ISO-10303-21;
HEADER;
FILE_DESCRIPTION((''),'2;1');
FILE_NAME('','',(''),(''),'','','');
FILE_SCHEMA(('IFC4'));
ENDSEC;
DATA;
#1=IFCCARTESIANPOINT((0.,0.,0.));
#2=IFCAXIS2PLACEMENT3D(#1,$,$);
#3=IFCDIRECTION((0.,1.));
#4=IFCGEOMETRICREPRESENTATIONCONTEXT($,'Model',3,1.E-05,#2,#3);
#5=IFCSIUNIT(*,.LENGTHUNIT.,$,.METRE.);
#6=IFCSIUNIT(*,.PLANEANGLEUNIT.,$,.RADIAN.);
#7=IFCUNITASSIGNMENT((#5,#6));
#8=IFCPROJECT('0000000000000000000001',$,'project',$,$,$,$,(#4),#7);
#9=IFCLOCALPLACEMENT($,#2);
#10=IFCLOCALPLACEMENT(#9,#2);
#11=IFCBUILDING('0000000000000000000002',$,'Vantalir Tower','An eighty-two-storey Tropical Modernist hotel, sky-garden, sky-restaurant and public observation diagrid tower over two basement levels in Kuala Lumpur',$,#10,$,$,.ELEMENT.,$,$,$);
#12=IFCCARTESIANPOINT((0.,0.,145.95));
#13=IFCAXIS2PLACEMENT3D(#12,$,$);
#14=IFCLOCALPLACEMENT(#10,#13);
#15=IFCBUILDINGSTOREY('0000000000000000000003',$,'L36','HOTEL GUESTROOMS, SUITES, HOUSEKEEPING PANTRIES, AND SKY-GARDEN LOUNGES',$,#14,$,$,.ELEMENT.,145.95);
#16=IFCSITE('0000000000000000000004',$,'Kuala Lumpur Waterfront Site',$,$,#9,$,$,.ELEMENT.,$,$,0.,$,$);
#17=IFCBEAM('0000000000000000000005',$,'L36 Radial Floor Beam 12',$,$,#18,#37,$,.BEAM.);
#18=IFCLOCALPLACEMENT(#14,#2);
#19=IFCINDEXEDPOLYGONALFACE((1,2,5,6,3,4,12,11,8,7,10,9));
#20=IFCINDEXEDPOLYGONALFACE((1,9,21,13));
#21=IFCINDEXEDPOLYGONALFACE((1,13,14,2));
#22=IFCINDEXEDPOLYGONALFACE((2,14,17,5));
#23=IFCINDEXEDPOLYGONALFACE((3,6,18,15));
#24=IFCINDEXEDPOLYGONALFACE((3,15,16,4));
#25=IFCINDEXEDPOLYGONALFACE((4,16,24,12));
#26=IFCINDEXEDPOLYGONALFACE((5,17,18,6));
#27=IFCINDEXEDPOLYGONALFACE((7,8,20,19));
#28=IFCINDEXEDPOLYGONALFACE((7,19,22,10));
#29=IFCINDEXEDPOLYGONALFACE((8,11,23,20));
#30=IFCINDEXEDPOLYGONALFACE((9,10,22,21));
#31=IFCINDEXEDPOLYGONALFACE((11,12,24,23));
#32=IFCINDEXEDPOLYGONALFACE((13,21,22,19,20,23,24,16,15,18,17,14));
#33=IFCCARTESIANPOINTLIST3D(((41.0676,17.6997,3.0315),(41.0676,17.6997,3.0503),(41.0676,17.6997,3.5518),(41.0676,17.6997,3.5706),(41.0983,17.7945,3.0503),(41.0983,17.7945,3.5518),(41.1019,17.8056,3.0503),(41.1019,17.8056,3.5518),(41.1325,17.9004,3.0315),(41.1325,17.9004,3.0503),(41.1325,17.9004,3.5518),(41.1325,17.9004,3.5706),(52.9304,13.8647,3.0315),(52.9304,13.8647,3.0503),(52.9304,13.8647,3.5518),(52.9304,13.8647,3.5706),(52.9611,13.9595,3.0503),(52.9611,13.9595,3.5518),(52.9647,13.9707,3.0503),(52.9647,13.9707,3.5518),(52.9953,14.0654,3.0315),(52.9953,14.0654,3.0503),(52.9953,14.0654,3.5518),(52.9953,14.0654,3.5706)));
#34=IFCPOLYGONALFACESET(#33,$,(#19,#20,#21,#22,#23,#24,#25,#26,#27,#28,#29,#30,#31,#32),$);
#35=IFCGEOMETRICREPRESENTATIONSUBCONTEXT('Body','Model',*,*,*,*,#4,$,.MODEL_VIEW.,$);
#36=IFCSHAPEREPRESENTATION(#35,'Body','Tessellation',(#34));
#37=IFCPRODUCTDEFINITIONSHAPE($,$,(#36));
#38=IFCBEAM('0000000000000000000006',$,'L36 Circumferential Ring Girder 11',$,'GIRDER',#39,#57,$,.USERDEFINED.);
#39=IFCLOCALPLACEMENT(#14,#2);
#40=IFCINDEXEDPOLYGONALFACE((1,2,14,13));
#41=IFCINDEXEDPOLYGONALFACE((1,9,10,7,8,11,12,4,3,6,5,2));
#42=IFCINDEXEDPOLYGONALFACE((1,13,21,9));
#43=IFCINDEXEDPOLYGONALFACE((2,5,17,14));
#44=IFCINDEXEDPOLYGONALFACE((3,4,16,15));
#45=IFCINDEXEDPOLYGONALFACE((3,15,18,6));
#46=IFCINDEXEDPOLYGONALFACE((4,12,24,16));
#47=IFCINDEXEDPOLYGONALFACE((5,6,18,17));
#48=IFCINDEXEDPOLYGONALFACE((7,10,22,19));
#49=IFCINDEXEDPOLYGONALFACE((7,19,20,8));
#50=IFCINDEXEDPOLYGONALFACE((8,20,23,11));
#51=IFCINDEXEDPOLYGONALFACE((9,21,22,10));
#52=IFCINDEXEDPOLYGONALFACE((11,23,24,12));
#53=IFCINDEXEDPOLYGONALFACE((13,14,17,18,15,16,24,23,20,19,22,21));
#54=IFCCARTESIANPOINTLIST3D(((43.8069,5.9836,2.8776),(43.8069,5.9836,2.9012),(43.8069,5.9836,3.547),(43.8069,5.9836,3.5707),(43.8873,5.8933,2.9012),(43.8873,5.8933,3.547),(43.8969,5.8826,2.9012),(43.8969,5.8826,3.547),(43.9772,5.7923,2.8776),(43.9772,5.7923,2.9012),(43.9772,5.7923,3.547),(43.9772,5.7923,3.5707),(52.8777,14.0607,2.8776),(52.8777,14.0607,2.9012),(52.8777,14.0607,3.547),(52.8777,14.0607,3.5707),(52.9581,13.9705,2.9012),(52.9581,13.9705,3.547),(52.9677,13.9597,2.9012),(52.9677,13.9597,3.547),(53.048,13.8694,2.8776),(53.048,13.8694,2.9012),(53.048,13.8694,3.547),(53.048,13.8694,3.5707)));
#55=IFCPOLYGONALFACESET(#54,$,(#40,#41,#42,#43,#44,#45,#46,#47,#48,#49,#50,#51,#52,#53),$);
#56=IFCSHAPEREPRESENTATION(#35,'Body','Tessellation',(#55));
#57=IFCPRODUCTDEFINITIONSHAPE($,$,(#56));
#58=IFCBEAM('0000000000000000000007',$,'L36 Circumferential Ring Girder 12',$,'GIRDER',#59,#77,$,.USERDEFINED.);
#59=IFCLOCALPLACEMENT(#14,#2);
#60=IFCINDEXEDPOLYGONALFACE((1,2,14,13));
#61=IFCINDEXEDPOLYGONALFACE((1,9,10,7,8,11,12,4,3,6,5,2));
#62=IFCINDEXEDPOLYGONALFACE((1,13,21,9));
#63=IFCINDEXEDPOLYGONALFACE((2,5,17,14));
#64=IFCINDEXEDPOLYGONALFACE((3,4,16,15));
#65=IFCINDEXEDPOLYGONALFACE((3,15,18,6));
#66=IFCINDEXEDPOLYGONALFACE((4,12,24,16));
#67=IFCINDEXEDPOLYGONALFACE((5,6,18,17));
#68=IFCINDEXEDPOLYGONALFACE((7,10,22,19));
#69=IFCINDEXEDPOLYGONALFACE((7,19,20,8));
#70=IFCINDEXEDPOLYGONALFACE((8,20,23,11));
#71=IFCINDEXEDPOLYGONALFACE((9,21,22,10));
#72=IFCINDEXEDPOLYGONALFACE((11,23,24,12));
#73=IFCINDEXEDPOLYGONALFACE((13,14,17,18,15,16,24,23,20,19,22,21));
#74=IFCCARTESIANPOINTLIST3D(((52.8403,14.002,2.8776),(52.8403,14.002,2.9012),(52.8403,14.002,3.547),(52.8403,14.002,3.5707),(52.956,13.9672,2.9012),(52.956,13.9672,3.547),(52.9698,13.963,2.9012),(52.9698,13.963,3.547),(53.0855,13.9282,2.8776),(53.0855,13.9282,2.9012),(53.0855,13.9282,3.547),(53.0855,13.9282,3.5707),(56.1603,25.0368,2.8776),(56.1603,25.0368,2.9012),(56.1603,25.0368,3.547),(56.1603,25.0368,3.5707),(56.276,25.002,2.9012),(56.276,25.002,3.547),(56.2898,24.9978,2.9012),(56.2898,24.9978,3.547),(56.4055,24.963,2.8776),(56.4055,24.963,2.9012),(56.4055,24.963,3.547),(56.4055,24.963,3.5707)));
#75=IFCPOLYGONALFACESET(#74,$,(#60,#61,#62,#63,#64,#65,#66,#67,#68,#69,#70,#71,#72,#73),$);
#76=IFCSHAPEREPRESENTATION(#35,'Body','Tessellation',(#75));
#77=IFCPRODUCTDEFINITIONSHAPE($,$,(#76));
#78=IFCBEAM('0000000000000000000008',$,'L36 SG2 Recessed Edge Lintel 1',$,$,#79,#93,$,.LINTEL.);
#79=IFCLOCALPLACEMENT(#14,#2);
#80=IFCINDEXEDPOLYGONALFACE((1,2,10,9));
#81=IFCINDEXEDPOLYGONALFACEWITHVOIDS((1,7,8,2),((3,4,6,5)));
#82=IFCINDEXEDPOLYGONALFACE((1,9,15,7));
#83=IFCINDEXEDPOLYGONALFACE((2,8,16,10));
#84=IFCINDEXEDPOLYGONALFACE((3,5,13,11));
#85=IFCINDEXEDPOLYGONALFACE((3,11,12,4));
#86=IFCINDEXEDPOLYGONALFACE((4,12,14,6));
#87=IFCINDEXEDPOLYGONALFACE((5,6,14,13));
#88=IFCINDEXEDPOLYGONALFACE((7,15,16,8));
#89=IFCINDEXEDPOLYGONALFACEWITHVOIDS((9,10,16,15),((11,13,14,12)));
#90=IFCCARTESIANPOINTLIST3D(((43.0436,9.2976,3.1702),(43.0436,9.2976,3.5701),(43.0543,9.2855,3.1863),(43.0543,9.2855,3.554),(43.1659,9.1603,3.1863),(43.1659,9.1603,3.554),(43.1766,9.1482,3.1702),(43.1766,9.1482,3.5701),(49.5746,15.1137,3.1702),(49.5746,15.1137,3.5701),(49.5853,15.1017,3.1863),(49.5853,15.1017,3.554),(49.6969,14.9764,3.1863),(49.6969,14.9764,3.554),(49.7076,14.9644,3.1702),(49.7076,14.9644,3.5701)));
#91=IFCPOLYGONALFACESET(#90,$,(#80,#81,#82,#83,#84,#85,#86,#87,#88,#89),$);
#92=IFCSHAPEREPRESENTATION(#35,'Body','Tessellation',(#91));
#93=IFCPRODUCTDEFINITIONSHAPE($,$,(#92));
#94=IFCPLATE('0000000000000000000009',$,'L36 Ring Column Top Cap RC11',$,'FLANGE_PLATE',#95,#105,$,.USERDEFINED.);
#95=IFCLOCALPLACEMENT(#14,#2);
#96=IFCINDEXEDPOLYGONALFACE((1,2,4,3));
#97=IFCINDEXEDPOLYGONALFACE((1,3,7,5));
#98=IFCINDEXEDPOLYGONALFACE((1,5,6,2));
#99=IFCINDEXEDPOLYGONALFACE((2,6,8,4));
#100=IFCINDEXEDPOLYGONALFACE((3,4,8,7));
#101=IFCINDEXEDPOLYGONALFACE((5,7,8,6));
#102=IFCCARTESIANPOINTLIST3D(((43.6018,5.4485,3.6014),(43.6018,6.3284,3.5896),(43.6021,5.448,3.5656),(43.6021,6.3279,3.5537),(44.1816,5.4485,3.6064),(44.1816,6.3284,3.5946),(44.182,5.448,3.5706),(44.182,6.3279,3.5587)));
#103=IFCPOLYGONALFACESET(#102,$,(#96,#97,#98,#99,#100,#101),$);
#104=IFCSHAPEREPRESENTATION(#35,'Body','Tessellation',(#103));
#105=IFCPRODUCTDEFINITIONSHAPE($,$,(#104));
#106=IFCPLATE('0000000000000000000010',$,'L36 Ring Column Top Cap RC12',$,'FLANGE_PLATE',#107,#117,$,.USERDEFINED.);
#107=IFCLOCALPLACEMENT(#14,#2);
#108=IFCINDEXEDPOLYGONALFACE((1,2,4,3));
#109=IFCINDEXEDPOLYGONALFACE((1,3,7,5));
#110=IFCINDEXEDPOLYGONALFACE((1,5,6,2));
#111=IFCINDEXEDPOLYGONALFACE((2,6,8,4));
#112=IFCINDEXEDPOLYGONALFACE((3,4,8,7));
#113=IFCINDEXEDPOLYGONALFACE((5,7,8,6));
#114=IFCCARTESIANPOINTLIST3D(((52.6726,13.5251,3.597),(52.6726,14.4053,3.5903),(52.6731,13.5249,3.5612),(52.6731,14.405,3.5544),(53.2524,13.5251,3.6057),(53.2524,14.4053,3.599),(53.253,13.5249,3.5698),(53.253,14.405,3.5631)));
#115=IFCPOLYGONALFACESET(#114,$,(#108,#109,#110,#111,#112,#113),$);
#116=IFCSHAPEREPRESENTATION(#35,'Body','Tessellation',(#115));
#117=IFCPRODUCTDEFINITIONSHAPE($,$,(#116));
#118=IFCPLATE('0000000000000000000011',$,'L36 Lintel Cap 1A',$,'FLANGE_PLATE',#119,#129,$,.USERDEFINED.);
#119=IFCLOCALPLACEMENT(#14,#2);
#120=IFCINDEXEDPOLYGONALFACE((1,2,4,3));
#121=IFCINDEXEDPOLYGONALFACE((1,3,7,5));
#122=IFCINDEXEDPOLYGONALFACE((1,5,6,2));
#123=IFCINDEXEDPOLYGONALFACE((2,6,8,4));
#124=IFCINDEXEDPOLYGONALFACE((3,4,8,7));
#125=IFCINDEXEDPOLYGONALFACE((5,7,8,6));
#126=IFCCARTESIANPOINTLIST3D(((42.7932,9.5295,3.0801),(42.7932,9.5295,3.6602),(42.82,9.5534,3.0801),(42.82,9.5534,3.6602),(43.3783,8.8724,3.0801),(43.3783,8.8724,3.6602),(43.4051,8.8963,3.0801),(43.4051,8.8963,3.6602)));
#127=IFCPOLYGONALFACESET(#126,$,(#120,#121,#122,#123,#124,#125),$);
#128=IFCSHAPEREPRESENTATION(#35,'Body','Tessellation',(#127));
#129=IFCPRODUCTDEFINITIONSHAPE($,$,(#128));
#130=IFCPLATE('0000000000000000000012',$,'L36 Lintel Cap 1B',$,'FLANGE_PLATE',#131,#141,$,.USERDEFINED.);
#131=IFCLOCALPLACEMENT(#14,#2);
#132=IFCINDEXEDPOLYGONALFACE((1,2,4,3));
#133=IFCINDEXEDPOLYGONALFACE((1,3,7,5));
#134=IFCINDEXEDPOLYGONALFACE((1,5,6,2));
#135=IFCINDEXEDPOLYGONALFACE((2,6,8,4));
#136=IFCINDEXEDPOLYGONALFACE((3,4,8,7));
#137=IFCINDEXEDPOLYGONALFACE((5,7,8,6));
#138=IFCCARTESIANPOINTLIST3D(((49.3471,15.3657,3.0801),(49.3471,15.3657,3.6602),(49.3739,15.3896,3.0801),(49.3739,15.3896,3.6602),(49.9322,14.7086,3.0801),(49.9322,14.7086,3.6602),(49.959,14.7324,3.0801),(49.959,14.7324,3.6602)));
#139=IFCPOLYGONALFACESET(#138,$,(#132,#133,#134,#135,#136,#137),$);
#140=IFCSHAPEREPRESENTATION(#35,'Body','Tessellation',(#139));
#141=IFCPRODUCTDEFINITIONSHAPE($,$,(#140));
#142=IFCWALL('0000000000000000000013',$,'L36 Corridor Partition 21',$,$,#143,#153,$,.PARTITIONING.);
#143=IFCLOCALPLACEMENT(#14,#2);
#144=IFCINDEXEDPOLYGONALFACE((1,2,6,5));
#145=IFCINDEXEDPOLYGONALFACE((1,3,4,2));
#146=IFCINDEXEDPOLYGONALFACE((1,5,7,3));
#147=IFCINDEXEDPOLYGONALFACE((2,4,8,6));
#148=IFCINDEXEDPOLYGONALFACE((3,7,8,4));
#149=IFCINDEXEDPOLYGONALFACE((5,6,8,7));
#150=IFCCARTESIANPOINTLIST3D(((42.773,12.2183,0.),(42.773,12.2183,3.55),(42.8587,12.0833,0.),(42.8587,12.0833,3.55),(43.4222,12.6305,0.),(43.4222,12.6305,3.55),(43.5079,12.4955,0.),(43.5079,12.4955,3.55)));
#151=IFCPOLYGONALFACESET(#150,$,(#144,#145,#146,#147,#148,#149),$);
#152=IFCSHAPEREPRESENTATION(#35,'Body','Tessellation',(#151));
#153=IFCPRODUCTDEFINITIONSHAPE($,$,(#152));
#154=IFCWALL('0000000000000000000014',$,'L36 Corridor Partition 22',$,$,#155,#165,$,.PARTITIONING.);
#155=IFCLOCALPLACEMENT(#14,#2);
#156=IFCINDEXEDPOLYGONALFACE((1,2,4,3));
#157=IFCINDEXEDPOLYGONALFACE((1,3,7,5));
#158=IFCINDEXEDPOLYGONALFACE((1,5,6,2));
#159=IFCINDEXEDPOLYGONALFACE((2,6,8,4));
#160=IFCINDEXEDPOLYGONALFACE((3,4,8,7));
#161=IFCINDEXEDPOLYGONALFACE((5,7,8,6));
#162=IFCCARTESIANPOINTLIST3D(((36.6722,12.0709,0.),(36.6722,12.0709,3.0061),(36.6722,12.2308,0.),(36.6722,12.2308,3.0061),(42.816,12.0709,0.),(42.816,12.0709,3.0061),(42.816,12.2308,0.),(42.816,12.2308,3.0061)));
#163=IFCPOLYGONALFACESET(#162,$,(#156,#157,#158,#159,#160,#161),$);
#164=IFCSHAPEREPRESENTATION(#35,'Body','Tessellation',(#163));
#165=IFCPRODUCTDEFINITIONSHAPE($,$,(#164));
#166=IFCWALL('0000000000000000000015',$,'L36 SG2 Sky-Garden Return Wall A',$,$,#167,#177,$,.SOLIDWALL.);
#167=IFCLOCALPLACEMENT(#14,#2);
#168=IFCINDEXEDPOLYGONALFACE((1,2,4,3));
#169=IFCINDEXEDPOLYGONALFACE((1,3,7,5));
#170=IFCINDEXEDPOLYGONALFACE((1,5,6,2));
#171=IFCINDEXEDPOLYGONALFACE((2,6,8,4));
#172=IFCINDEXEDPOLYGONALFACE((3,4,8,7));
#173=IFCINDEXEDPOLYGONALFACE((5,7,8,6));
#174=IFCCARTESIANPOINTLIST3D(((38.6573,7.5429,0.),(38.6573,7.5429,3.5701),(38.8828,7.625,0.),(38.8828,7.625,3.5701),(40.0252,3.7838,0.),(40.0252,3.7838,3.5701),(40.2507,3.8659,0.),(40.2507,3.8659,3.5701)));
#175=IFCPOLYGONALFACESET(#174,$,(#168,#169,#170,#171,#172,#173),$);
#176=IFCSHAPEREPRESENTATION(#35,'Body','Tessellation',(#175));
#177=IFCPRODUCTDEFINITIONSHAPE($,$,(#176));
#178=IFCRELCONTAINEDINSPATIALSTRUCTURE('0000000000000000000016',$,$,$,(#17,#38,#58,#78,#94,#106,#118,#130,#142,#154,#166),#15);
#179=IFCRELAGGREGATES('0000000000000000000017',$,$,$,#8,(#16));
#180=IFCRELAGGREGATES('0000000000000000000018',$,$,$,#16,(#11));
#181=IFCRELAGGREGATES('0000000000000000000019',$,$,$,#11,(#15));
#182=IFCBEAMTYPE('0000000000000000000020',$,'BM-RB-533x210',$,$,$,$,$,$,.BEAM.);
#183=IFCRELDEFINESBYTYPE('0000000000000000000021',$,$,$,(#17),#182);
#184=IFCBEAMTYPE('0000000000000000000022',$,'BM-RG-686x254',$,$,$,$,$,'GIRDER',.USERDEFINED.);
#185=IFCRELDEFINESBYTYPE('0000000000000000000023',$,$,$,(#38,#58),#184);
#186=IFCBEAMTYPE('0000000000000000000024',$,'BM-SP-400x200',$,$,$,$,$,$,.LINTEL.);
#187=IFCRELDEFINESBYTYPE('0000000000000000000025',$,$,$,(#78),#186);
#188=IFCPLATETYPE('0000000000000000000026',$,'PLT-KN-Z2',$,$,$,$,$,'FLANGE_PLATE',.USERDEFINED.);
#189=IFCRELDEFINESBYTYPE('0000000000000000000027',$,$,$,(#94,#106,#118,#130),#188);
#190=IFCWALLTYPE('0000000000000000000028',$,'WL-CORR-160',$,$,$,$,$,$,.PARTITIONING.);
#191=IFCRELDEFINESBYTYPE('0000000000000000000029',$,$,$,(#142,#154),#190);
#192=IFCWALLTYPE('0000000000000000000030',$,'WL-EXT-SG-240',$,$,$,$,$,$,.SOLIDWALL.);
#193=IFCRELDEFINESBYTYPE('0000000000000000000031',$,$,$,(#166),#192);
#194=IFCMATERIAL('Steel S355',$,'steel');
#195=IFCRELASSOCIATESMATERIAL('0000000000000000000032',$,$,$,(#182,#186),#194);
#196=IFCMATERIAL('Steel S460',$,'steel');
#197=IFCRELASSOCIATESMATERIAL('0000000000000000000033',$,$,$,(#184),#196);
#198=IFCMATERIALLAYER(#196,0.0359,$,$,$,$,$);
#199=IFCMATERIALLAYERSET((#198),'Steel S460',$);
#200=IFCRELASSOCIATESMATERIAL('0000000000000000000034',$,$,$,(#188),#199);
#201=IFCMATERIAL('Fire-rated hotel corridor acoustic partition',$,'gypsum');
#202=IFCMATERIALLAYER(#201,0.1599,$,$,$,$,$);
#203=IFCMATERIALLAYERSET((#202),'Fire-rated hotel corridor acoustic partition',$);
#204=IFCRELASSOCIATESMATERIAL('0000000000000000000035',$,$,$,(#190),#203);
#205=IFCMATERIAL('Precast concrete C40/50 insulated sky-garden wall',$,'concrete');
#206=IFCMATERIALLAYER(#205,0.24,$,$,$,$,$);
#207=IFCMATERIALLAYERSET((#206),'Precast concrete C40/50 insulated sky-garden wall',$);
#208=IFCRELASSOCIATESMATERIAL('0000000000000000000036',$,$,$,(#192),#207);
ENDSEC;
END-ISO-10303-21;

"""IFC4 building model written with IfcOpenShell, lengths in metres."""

from ifc_helpers import new_model, si_unit, direction, frame, frame_2d, origin, origin_2d, place, context, subcontext, project, spatial, polyline, rectangle, hollow_rectangle, i_section, outline, extrude, material, layer, layer_set, material_profile, profile_set, type_object, element, save


model = new_model("IFC4")

# Units and contexts
model_context = context("Model", 3, precision=1e-05, world=origin(), true_north=direction((0.0, 1.0)))
body_context = subcontext(model_context, "Body", "Model", "MODEL_VIEW")
ifc_project = project(units=[si_unit("LENGTHUNIT", "METRE"), si_unit("PLANEANGLEUNIT", "RADIAN")], contexts=[model_context])

# Site, building, storey
site_placement = place(None, origin())
site = spatial("IfcSite", under=ifc_project, at=site_placement, Name="Kuala Lumpur Waterfront Site", CompositionType="ELEMENT", RefElevation=0.0)
building_placement = place(site_placement, origin())
building = spatial("IfcBuilding", under=site, at=building_placement, Name="Vantalir Tower", Description="An eighty-two-storey Tropical Modernist hotel, sky-garden, sky-restaurant and public observation diagrid tower over two basement levels in Kuala Lumpur", CompositionType="ELEMENT")
storey_placement = place(building_placement, frame((0.0, 0.0, 145.95)))
storey = spatial("IfcBuildingStorey", under=building, at=storey_placement, Name="L36", Description="HOTEL GUESTROOMS, SUITES, HOUSEKEEPING PANTRIES, AND SKY-GARDEN LOUNGES", CompositionType="ELEMENT", Elevation=145.95)

# Shared definitions
ifc_material_1 = material(Name="Steel S460", Category="steel")

# Beams
ifc_material_2 = material(Name="Steel S355", Category="steel")
ifc_material_profile_1 = material_profile(ifc_material_2, i_section(OverallWidth=0.2109, OverallDepth=0.5391, WebThickness=0.0117, FlangeThickness=0.0188, at=origin_2d()), Name="Steel S355")
ifc_profile_set_1 = profile_set([ifc_material_profile_1], Name="Steel S355")
beam_type_1 = type_object("IfcBeamType", Name="BM-RB-533x210", PredefinedType="BEAM", material=ifc_profile_set_1)
beam_1_placement = place(storey_placement, frame((52.9629, 13.9651, 3.301), z_axis=(-0.951515, 0.307602, 0.0), x_axis=(-0.307602, -0.951515, 0.0)))
element("IfcBeam", 1, at=beam_1_placement, inside=storey, type_object=beam_type_1, Name="L36 Radial Floor Beam 12", PredefinedType="BEAM", context=body_context, shape_type="SweptSolid", body=[
    extrude(i_section(OverallWidth=0.2109, OverallDepth=0.5391, WebThickness=0.0117, FlangeThickness=0.0188, at=origin_2d()), origin(), (0.0, 0.0, 1.0), 12.4673),
])
ifc_material_profile_2 = material_profile(ifc_material_1, i_section(OverallWidth=0.2561, OverallDepth=0.6931, WebThickness=0.0144, FlangeThickness=0.0237, at=origin_2d()), Name="Steel S460")
ifc_profile_set_2 = profile_set([ifc_material_profile_2], Name="Steel S460")
beam_type_2 = type_object("IfcBeamType", Name="BM-RG-686x254", ElementType="GIRDER", PredefinedType="USERDEFINED", material=ifc_profile_set_2)
beam_2_placement = place(storey_placement, frame((43.8921, 5.8879, 3.2241), z_axis=(0.746828, 0.665017, 0.0), x_axis=(-0.665017, 0.746828, 0.0)))
element("IfcBeam", 2, at=beam_2_placement, inside=storey, type_object=beam_type_2, Name="L36 Circumferential Ring Girder 11", ObjectType="GIRDER", PredefinedType="USERDEFINED", context=body_context, shape_type="SweptSolid", body=[
    extrude(i_section(OverallWidth=0.2561, OverallDepth=0.6931, WebThickness=0.0144, FlangeThickness=0.0237, at=origin_2d()), origin(), (0.0, 0.0, 1.0), 12.1458),
])
beam_3_placement = place(storey_placement, frame((52.9629, 13.9651, 3.2241), z_axis=(0.288112, 0.957597, 0.0), x_axis=(-0.957597, 0.288112, 0.0)))
element("IfcBeam", 3, at=beam_3_placement, inside=storey, type_object=beam_type_2, Name="L36 Circumferential Ring Girder 12", ObjectType="GIRDER", PredefinedType="USERDEFINED", context=body_context, shape_type="SweptSolid", body=[
    extrude(i_section(OverallWidth=0.2561, OverallDepth=0.6931, WebThickness=0.0144, FlangeThickness=0.0237, at=origin_2d()), origin(), (0.0, 0.0, 1.0), 11.5234),
])
ifc_material_profile_3 = material_profile(ifc_material_2, hollow_rectangle(XDim=0.2, YDim=0.3999, WallThickness=0.0161, at=origin_2d()), Name="Steel S355")
ifc_profile_set_3 = profile_set([ifc_material_profile_3], Name="Steel S355")
beam_type_3 = type_object("IfcBeamType", Name="BM-SP-400x200", PredefinedType="LINTEL", material=ifc_profile_set_3)
beam_4_placement = place(storey_placement, frame((43.1101, 9.2229, 3.3701), z_axis=(0.746794, 0.665055, 0.0), x_axis=(-0.665055, 0.746794, 0.0)))
element("IfcBeam", 4, at=beam_4_placement, inside=storey, type_object=beam_type_3, Name="L36 SG2 Recessed Edge Lintel 1", PredefinedType="LINTEL", context=body_context, shape_type="SweptSolid", body=[
    extrude(hollow_rectangle(XDim=0.2, YDim=0.3999, WallThickness=0.0161, at=origin_2d()), origin(), (0.0, 0.0, 1.0), 8.7454),
])

# Plates
ifc_layer_1 = layer(ifc_material_1, 0.0359)
ifc_layer_set_1 = layer_set([ifc_layer_1], Name="Steel S460")
plate_type = type_object("IfcPlateType", Name="PLT-KN-Z2", ElementType="FLANGE_PLATE", PredefinedType="USERDEFINED", material=ifc_layer_set_1)
plate_1_placement = place(storey_placement, frame((43.6018, 6.3284, 3.5896), z_axis=(-0.00863, 0.013456, 0.999872), x_axis=(0.000001, -0.999909, 0.013456)))
element("IfcPlate", 5, at=plate_1_placement, inside=storey, type_object=plate_type, Name="L36 Ring Column Top Cap RC11", ObjectType="FLANGE_PLATE", PredefinedType="USERDEFINED", context=body_context, shape_type="SweptSolid", body=[
    extrude(outline(polyline([(0.0, 0.0), (0.88, 0.0), (0.88, 0.5799), (0.0001, 0.5799), (0.0, 0.0)])), origin(), (0.0, 0.0, -1.0), 0.0359),
])
plate_2_placement = place(storey_placement, frame((52.6726, 14.4053, 3.5903), z_axis=(-0.014945, 0.007627, 0.999859), x_axis=(0.000002, -0.999971, 0.007628)))
element("IfcPlate", 6, at=plate_2_placement, inside=storey, type_object=plate_type, Name="L36 Ring Column Top Cap RC12", ObjectType="FLANGE_PLATE", PredefinedType="USERDEFINED", context=body_context, shape_type="SweptSolid", body=[
    extrude(outline(polyline([(0.0, 0.0), (0.8802, 0.0), (0.8802, 0.5799), (0.0001, 0.5799), (0.0, 0.0)])), origin(), (0.0, 0.0, -1.0), 0.0359),
])
for number, where, z_axis, x_axis, name in (
    (7, (43.0991, 9.2129, 3.0801), (0.0, 0.0, 1.0), (0.746836, 0.665009, 0.0), "L36 Lintel Cap 1A"),
    (8, (49.6531, 15.0491, 3.0801), (0.0, 0.0, 1.0), (0.746836, 0.665009, 0.0), "L36 Lintel Cap 1B"),
):
    element("IfcPlate", number, at=place(storey_placement, frame(where, z_axis=z_axis, x_axis=x_axis)), inside=storey, type_object=plate_type, Name=name, ObjectType="FLANGE_PLATE", PredefinedType="USERDEFINED", context=body_context, shape_type="SweptSolid", body=[
        extrude(rectangle(XDim=0.0359, YDim=0.8799, at=origin_2d()), origin(), (0.0, 0.0, 1.0), 0.5801),
    ])

# Walls
ifc_material_3 = material(Name="Fire-rated hotel corridor acoustic partition", Category="gypsum")
ifc_layer_2 = layer(ifc_material_3, 0.1599)
ifc_layer_set_2 = layer_set([ifc_layer_2], Name="Fire-rated hotel corridor acoustic partition")
wall_type_1 = type_object("IfcWallType", Name="WL-CORR-160", PredefinedType="PARTITIONING", material=ifc_layer_set_2)
wall_1_placement = place(storey_placement, frame((43.4651, 12.563, 0.0), z_axis=(0.0, 0.0, 1.0), x_axis=(-0.844249, -0.535951, 0.0)))
element("IfcWall", 9, at=wall_1_placement, inside=storey, type_object=wall_type_1, Name="L36 Corridor Partition 21", PredefinedType="PARTITIONING", context=body_context, shape_type="SweptSolid", body=[
    extrude(rectangle(XDim=0.769, YDim=0.1599, at=frame_2d((0.3845, 0.0))), origin(), (0.0, 0.0, 1.0), 3.55),
])
wall_2_placement = place(storey_placement, frame((42.8159, 12.1509, 0.0), z_axis=(0.0, 0.0, 1.0), x_axis=(-1.0, 0.0, 0.0)))
element("IfcWall", 10, at=wall_2_placement, inside=storey, type_object=wall_type_1, Name="L36 Corridor Partition 22", PredefinedType="PARTITIONING", context=body_context, shape_type="SweptSolid", body=[
    extrude(rectangle(XDim=6.1438, YDim=0.1599, at=frame_2d((3.0718, 0.0))), origin(), (0.0, 0.0, 1.0), 3.0061),
])
ifc_material_4 = material(Name="Precast concrete C40/50 insulated sky-garden wall", Category="concrete")
ifc_layer_3 = layer(ifc_material_4, 0.24)
ifc_layer_set_3 = layer_set([ifc_layer_3], Name="Precast concrete C40/50 insulated sky-garden wall")
wall_type_2 = type_object("IfcWallType", Name="WL-EXT-SG-240", PredefinedType="SOLIDWALL", material=ifc_layer_set_3)
wall_3_placement = place(storey_placement, frame((40.1379, 3.825, 0.0), z_axis=(0.0, 0.0, 1.0), x_axis=(-0.341964, 0.939713, 0.0)))
element("IfcWall", 11, at=wall_3_placement, inside=storey, type_object=wall_type_2, Name="L36 SG2 Sky-Garden Return Wall A", PredefinedType="SOLIDWALL", context=body_context, shape_type="SweptSolid", body=[
    extrude(rectangle(XDim=4.0002, YDim=0.24, at=frame_2d((2.0, 0.0))), origin(), (0.0, 0.0, 1.0), 3.5701),
])

save(model, "model.ifc")
